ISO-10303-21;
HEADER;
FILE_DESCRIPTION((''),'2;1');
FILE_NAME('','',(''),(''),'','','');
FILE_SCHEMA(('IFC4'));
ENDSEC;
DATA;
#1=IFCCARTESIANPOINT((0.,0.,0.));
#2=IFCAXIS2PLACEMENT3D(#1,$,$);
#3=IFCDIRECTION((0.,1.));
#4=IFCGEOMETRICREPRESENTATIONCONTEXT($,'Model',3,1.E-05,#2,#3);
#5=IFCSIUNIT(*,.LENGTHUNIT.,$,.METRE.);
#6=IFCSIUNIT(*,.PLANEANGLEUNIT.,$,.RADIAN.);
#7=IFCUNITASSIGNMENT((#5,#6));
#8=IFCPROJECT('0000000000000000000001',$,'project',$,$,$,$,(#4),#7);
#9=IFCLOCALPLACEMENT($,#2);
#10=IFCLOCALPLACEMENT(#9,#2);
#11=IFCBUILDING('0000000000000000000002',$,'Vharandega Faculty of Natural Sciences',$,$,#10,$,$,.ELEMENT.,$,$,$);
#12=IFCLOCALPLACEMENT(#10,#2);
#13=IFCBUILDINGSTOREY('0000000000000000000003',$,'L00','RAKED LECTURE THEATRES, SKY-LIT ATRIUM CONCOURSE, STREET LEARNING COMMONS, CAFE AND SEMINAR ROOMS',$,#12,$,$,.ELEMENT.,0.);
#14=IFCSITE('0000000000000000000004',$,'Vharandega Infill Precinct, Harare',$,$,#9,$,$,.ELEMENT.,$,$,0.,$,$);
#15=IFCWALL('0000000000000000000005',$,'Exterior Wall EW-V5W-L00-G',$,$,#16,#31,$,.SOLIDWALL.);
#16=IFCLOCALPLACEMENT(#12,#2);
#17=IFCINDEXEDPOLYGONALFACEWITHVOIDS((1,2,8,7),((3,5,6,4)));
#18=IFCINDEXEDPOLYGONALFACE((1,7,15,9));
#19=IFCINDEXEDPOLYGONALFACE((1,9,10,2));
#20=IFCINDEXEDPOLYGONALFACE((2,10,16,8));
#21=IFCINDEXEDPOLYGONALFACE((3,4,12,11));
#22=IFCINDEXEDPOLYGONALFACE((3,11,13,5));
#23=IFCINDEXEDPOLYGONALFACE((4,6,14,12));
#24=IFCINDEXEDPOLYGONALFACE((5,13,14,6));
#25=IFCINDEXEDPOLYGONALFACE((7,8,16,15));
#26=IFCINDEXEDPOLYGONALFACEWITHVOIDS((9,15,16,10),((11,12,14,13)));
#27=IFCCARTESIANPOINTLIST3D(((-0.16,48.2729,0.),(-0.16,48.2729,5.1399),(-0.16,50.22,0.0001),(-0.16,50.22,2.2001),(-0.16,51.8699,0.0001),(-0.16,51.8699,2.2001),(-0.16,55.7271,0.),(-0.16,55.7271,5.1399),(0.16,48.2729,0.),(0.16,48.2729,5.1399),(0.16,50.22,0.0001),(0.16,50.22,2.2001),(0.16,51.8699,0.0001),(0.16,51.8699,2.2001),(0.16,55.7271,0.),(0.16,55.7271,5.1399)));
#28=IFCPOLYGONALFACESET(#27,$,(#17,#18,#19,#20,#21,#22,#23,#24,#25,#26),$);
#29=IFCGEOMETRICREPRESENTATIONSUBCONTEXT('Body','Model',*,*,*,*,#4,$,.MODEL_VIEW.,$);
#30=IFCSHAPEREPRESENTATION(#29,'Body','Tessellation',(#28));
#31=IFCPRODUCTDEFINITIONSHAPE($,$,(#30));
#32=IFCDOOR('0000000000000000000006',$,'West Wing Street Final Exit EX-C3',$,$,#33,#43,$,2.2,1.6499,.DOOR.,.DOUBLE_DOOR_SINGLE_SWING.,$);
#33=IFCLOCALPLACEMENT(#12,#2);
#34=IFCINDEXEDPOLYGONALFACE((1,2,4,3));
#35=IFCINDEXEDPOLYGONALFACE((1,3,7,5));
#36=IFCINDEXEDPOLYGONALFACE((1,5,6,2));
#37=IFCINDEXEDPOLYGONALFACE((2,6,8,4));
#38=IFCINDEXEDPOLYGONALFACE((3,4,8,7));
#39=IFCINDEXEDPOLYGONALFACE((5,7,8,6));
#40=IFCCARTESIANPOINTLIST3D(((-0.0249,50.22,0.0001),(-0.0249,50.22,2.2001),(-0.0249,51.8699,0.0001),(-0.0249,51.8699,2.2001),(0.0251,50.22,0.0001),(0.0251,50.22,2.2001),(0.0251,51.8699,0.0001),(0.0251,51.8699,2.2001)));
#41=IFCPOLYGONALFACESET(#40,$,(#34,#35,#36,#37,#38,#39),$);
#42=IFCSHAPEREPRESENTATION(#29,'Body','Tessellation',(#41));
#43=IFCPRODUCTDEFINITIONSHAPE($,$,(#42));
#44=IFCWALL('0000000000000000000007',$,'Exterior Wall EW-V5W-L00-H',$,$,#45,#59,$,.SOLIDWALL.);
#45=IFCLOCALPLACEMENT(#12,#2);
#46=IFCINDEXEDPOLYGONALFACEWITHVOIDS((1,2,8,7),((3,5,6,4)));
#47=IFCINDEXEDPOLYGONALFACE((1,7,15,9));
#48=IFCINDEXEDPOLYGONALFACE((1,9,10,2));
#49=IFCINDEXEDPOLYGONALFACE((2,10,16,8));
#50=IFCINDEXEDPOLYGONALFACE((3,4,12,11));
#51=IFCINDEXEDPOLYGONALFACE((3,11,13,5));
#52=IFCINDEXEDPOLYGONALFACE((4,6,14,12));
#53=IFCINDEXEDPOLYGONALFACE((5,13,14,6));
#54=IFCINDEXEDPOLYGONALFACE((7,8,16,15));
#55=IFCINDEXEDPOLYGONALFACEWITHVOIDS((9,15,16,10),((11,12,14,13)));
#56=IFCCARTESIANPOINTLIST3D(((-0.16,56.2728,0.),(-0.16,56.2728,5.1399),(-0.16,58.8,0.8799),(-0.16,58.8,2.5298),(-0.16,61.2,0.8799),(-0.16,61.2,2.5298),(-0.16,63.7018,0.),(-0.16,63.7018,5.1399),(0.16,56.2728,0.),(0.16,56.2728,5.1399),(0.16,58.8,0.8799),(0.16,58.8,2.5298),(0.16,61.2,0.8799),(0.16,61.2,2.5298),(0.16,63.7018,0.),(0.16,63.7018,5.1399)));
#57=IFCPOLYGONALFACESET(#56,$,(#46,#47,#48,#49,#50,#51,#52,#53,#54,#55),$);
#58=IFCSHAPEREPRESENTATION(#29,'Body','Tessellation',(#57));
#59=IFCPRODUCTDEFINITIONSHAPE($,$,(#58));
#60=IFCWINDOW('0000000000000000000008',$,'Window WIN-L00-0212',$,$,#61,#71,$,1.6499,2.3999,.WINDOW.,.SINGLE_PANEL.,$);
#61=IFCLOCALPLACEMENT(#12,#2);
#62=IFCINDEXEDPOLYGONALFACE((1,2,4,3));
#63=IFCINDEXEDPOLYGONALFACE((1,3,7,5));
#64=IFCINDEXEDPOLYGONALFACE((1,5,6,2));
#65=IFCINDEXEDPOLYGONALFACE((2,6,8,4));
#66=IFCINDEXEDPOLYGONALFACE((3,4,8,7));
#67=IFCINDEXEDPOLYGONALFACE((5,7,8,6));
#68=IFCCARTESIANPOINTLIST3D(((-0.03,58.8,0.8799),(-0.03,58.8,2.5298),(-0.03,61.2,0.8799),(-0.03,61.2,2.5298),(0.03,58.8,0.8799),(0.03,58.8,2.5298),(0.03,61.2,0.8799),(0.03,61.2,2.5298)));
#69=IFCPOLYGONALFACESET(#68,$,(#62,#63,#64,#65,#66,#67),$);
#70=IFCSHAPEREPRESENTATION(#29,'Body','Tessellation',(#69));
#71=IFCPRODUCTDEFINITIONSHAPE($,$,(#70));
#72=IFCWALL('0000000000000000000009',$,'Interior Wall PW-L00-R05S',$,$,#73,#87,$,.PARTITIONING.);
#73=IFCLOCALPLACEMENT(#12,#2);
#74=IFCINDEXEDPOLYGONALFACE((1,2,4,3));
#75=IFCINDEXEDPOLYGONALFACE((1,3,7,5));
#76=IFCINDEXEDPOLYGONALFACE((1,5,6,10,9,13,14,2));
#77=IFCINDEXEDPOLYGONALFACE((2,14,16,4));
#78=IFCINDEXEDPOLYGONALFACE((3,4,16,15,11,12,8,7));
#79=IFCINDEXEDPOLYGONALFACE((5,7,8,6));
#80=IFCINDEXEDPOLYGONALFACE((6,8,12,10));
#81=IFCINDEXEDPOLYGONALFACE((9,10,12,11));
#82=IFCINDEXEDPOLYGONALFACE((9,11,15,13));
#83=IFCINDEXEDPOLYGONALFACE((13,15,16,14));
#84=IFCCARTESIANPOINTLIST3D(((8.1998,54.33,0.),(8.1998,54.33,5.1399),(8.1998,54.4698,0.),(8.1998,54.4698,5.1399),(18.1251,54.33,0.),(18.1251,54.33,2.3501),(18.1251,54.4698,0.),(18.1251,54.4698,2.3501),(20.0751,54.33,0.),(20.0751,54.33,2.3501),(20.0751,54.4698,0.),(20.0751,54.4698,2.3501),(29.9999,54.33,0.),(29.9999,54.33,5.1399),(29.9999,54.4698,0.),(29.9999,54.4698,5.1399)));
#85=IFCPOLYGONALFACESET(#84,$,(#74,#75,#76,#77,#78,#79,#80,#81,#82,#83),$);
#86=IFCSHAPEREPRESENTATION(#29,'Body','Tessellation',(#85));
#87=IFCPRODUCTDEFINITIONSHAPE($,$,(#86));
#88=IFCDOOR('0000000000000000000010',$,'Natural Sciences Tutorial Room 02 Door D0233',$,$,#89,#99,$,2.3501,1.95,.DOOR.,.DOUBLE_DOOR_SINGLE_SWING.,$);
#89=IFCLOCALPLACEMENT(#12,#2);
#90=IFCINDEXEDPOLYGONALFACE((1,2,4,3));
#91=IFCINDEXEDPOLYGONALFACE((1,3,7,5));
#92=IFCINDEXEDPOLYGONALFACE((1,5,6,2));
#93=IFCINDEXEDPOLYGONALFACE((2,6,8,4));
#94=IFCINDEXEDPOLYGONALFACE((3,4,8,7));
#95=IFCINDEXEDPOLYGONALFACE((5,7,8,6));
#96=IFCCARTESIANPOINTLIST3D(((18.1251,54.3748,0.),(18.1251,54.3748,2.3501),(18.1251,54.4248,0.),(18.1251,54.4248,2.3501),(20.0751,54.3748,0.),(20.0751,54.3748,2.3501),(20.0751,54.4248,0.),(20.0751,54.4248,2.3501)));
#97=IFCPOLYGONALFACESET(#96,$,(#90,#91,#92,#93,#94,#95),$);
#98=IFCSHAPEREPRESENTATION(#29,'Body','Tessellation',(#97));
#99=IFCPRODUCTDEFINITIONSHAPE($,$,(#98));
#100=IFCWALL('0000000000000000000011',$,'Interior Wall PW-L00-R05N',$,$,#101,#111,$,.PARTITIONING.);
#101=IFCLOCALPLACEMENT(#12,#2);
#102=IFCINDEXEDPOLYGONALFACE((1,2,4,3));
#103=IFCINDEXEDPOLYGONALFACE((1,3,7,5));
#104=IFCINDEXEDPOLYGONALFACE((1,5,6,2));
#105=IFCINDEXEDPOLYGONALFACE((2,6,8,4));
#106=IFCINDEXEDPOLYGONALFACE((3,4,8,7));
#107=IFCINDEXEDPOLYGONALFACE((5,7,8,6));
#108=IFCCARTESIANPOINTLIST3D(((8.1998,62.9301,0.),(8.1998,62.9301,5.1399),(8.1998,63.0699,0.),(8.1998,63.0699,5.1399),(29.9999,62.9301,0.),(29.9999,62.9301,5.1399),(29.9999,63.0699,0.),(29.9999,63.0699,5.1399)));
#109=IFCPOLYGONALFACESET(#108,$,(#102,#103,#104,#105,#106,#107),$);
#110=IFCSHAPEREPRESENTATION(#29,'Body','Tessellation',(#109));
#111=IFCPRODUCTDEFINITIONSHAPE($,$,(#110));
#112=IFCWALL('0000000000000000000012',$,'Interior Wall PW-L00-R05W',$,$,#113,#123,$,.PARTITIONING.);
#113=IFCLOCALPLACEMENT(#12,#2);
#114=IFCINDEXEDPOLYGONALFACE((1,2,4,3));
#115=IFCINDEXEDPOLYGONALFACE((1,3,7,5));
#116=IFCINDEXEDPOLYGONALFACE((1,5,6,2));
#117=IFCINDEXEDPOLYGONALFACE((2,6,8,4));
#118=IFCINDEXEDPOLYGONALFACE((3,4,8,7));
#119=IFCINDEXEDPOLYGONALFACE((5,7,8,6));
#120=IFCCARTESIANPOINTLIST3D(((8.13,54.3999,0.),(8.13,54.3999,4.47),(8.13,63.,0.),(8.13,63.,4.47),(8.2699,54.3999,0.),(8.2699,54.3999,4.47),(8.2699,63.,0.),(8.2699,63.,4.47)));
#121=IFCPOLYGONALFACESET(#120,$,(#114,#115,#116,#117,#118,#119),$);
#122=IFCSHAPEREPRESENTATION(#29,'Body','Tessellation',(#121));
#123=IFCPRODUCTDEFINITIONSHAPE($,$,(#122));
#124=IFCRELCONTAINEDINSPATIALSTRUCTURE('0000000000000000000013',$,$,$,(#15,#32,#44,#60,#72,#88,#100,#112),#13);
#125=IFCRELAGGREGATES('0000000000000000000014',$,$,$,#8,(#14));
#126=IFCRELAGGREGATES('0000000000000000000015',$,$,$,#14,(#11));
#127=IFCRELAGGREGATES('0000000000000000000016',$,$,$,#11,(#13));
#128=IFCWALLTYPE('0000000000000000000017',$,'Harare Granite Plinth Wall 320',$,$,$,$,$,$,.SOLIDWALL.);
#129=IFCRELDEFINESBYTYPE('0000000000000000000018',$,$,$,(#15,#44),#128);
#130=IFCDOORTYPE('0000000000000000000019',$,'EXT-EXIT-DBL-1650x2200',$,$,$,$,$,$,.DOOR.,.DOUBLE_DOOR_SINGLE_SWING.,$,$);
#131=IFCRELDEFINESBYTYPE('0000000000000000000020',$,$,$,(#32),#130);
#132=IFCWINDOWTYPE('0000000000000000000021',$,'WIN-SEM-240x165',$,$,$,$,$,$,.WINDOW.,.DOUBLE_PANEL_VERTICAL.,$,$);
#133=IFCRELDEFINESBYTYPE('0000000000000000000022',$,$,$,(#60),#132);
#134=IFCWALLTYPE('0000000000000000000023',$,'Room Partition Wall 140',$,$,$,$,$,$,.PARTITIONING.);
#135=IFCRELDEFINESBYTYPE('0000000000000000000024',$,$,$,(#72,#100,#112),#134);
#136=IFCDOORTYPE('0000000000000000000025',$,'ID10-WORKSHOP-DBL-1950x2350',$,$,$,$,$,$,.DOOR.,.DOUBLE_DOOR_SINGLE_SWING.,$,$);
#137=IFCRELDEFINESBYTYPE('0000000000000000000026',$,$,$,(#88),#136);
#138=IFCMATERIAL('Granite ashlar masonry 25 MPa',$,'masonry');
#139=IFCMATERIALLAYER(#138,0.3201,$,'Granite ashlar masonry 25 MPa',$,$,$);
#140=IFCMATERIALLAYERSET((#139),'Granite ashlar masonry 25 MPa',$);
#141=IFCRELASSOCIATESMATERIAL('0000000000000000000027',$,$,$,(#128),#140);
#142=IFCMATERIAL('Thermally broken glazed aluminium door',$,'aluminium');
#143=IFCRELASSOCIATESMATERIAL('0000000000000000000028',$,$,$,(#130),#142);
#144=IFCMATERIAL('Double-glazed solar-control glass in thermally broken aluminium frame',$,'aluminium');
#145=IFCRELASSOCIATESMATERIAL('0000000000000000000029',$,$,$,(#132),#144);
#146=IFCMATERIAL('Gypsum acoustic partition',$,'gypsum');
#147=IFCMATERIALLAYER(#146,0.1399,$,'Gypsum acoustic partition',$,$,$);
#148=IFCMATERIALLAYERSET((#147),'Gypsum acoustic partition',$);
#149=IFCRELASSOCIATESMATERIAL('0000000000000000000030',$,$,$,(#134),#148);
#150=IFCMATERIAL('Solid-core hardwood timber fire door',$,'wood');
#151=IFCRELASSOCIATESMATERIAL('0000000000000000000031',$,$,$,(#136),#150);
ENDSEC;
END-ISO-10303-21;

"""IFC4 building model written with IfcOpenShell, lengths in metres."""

from ifc_helpers import new_model, si_unit, direction, frame, frame_2d, origin, place, context, subcontext, project, spatial, rectangle, extrude, material, layer, layer_set, type_object, element, fill, save


model = new_model("IFC4")

# Units and contexts
model_context = context("Model", 3, precision=1e-05, world=origin(), true_north=direction((0.0, 1.0)))
body_context = subcontext(model_context, "Body", "Model", "MODEL_VIEW")
ifc_project = project(units=[si_unit("LENGTHUNIT", "METRE"), si_unit("PLANEANGLEUNIT", "RADIAN")], contexts=[model_context])

# Site, building, storey
site_placement = place(None, origin())
site = spatial("IfcSite", under=ifc_project, at=site_placement, Name="Vharandega Infill Precinct, Harare", CompositionType="ELEMENT", RefElevation=0.0)
building_placement = place(site_placement, origin())
building = spatial("IfcBuilding", under=site, at=building_placement, Name="Vharandega Faculty of Natural Sciences", CompositionType="ELEMENT")
storey_placement = place(building_placement, origin())
storey = spatial("IfcBuildingStorey", under=building, at=storey_placement, Name="L00", Description="RAKED LECTURE THEATRES, SKY-LIT ATRIUM CONCOURSE, STREET LEARNING COMMONS, CAFE AND SEMINAR ROOMS", CompositionType="ELEMENT", Elevation=0.0)

# Wall, opening, door
ifc_material_1 = material(Name="Granite ashlar masonry 25 MPa", Category="masonry")
ifc_layer_1 = layer(ifc_material_1, 0.3201, Name="Granite ashlar masonry 25 MPa")
ifc_layer_set_1 = layer_set([ifc_layer_1], Name="Granite ashlar masonry 25 MPa")
wall_type_1 = type_object("IfcWallType", Name="Harare Granite Plinth Wall 320", PredefinedType="SOLIDWALL", material=ifc_layer_set_1)
wall_1_placement = place(storey_placement, frame((0.0, 48.2729, 0.0), z_axis=(0.0, 0.0, 1.0), x_axis=(0.0, 1.0, 0.0)))
wall_1 = element("IfcWall", 1, at=wall_1_placement, inside=storey, type_object=wall_type_1, Name="Exterior Wall EW-V5W-L00-G", PredefinedType="SOLIDWALL", context=body_context, shape_type="SweptSolid", body=[
    extrude(rectangle(XDim=7.4541, YDim=0.3201, at=frame_2d((3.7271, 0.0))), origin(), (0.0, 0.0, 1.0), 5.1399),
])
opening_1_placement = place(wall_1_placement, frame((1.947, 0.0, 0.0)))
opening_1 = element("IfcOpeningElement", 2, at=opening_1_placement, cuts=wall_1, PredefinedType="OPENING", context=body_context, shape_type="SweptSolid", body=[
    extrude(rectangle(XDim=1.6499, YDim=2.2, at=frame_2d((0.825, 1.1001))), frame((0.0, 0.1699, 0.0), z_axis=(0.0, -1.0, 0.0), x_axis=(1.0, 0.0, 0.0)), (0.0, 0.0, 1.0), 0.3401),
])
ifc_material_2 = material(Name="Thermally broken glazed aluminium door", Category="aluminium")
door_type_1 = type_object("IfcDoorType", Name="EXT-EXIT-DBL-1650x2200", OperationType="DOUBLE_DOOR_SINGLE_SWING", PredefinedType="DOOR", material=ifc_material_2)
door_1_placement = place(opening_1_placement, origin())
door_1 = element("IfcDoor", 3, at=door_1_placement, inside=storey, type_object=door_type_1, Name="West Wing Street Final Exit EX-C3", OperationType="DOUBLE_DOOR_SINGLE_SWING", OverallHeight=2.2, OverallWidth=1.6499, PredefinedType="DOOR", context=body_context, shape_type="SweptSolid", body=[
    extrude(rectangle(XDim=1.6499, YDim=2.2, at=frame_2d((0.825, 1.1001))), frame((0.0, 0.0249, 0.0), z_axis=(0.0, -1.0, 0.0), x_axis=(1.0, 0.0, 0.0)), (0.0, 0.0, 1.0), 0.05),
])
fill(opening_1, door_1)

# Wall, opening, window
wall_2_placement = place(storey_placement, frame((0.0, 56.2729, 0.0), z_axis=(0.0, 0.0, 1.0), x_axis=(0.0, 1.0, 0.0)))
wall_2 = element("IfcWall", 4, at=wall_2_placement, inside=storey, type_object=wall_type_1, Name="Exterior Wall EW-V5W-L00-H", PredefinedType="SOLIDWALL", context=body_context, shape_type="SweptSolid", body=[
    extrude(rectangle(XDim=7.429, YDim=0.3201, at=frame_2d((3.7144, 0.0))), origin(), (0.0, 0.0, 1.0), 5.1399),
])
opening_2_placement = place(wall_2_placement, frame((2.5271, 0.0, 0.8799)))
opening_2 = element("IfcOpeningElement", 5, at=opening_2_placement, cuts=wall_2, PredefinedType="OPENING", context=body_context, shape_type="SweptSolid", body=[
    extrude(rectangle(XDim=2.3999, YDim=1.6499, at=frame_2d((1.2, 0.825))), frame((0.0, 0.1699, 0.0), z_axis=(0.0, -1.0, 0.0), x_axis=(1.0, 0.0, 0.0)), (0.0, 0.0, 1.0), 0.3401),
])
ifc_material_3 = material(Name="Double-glazed solar-control glass in thermally broken aluminium frame", Category="aluminium")
window_type = type_object("IfcWindowType", Name="WIN-SEM-240x165", PartitioningType="DOUBLE_PANEL_VERTICAL", PredefinedType="WINDOW", material=ifc_material_3)
window_placement = place(opening_2_placement, origin())
window = element("IfcWindow", 6, at=window_placement, inside=storey, type_object=window_type, Name="Window WIN-L00-0212", OverallHeight=1.6499, OverallWidth=2.3999, PartitioningType="SINGLE_PANEL", PredefinedType="WINDOW", context=body_context, shape_type="SweptSolid", body=[
    extrude(rectangle(XDim=2.3999, YDim=1.6499, at=frame_2d((1.2, 0.825))), frame((0.0, 0.03, 0.0), z_axis=(0.0, -1.0, 0.0), x_axis=(1.0, 0.0, 0.0)), (0.0, 0.0, 1.0), 0.0601),
])
fill(opening_2, window)

# Wall, opening, door
ifc_material_4 = material(Name="Gypsum acoustic partition", Category="gypsum")
ifc_layer_2 = layer(ifc_material_4, 0.1399, Name="Gypsum acoustic partition")
ifc_layer_set_2 = layer_set([ifc_layer_2], Name="Gypsum acoustic partition")
wall_type_2 = type_object("IfcWallType", Name="Room Partition Wall 140", PredefinedType="PARTITIONING", material=ifc_layer_set_2)
wall_3_placement = place(storey_placement, frame((8.2, 54.3999, 0.0), z_axis=(0.0, 0.0, 1.0), x_axis=(1.0, 0.0, 0.0)))
wall_3 = element("IfcWall", 7, at=wall_3_placement, inside=storey, type_object=wall_type_2, Name="Interior Wall PW-L00-R05S", PredefinedType="PARTITIONING", context=body_context, shape_type="SweptSolid", body=[
    extrude(rectangle(XDim=21.8, YDim=0.1399, at=frame_2d((10.8999, 0.0))), origin(), (0.0, 0.0, 1.0), 5.1399),
])
opening_3_placement = place(wall_3_placement, frame((9.925, 0.0, 0.0)))
opening_3 = element("IfcOpeningElement", 8, at=opening_3_placement, cuts=wall_3, PredefinedType="OPENING", context=body_context, shape_type="SweptSolid", body=[
    extrude(rectangle(XDim=1.95, YDim=2.3501, at=frame_2d((0.9751, 1.175))), frame((0.0, 0.0801, 0.0), z_axis=(0.0, -1.0, 0.0), x_axis=(1.0, 0.0, 0.0)), (0.0, 0.0, 1.0), 0.1599),
])
ifc_material_5 = material(Name="Solid-core hardwood timber fire door", Category="wood")
door_type_2 = type_object("IfcDoorType", Name="ID10-WORKSHOP-DBL-1950x2350", OperationType="DOUBLE_DOOR_SINGLE_SWING", PredefinedType="DOOR", material=ifc_material_5)
door_2_placement = place(opening_3_placement, origin())
door_2 = element("IfcDoor", 9, at=door_2_placement, inside=storey, type_object=door_type_2, Name="Natural Sciences Tutorial Room 02 Door D0233", OperationType="DOUBLE_DOOR_SINGLE_SWING", OverallHeight=2.3501, OverallWidth=1.95, PredefinedType="DOOR", context=body_context, shape_type="SweptSolid", body=[
    extrude(rectangle(XDim=1.95, YDim=2.3501, at=frame_2d((0.9751, 1.175))), frame((0.0, 0.0249, 0.0), z_axis=(0.0, -1.0, 0.0), x_axis=(1.0, 0.0, 0.0)), (0.0, 0.0, 1.0), 0.05),
])
fill(opening_3, door_2)

# Walls
wall_4_placement = place(storey_placement, frame((8.2, 63.0, 0.0), z_axis=(0.0, 0.0, 1.0), x_axis=(1.0, 0.0, 0.0)))
element("IfcWall", 10, at=wall_4_placement, inside=storey, type_object=wall_type_2, Name="Interior Wall PW-L00-R05N", PredefinedType="PARTITIONING", context=body_context, shape_type="SweptSolid", body=[
    extrude(rectangle(XDim=21.8, YDim=0.1399, at=frame_2d((10.8999, 0.0))), origin(), (0.0, 0.0, 1.0), 5.1399),
])
wall_5_placement = place(storey_placement, frame((8.2, 54.3999, 0.0), z_axis=(0.0, 0.0, 1.0), x_axis=(0.0, 1.0, 0.0)))
element("IfcWall", 11, at=wall_5_placement, inside=storey, type_object=wall_type_2, Name="Interior Wall PW-L00-R05W", PredefinedType="PARTITIONING", context=body_context, shape_type="SweptSolid", body=[
    extrude(rectangle(XDim=8.6001, YDim=0.1399, at=frame_2d((4.3, 0.0))), origin(), (0.0, 0.0, 1.0), 4.47),
])

save(model, "model.ifc")
